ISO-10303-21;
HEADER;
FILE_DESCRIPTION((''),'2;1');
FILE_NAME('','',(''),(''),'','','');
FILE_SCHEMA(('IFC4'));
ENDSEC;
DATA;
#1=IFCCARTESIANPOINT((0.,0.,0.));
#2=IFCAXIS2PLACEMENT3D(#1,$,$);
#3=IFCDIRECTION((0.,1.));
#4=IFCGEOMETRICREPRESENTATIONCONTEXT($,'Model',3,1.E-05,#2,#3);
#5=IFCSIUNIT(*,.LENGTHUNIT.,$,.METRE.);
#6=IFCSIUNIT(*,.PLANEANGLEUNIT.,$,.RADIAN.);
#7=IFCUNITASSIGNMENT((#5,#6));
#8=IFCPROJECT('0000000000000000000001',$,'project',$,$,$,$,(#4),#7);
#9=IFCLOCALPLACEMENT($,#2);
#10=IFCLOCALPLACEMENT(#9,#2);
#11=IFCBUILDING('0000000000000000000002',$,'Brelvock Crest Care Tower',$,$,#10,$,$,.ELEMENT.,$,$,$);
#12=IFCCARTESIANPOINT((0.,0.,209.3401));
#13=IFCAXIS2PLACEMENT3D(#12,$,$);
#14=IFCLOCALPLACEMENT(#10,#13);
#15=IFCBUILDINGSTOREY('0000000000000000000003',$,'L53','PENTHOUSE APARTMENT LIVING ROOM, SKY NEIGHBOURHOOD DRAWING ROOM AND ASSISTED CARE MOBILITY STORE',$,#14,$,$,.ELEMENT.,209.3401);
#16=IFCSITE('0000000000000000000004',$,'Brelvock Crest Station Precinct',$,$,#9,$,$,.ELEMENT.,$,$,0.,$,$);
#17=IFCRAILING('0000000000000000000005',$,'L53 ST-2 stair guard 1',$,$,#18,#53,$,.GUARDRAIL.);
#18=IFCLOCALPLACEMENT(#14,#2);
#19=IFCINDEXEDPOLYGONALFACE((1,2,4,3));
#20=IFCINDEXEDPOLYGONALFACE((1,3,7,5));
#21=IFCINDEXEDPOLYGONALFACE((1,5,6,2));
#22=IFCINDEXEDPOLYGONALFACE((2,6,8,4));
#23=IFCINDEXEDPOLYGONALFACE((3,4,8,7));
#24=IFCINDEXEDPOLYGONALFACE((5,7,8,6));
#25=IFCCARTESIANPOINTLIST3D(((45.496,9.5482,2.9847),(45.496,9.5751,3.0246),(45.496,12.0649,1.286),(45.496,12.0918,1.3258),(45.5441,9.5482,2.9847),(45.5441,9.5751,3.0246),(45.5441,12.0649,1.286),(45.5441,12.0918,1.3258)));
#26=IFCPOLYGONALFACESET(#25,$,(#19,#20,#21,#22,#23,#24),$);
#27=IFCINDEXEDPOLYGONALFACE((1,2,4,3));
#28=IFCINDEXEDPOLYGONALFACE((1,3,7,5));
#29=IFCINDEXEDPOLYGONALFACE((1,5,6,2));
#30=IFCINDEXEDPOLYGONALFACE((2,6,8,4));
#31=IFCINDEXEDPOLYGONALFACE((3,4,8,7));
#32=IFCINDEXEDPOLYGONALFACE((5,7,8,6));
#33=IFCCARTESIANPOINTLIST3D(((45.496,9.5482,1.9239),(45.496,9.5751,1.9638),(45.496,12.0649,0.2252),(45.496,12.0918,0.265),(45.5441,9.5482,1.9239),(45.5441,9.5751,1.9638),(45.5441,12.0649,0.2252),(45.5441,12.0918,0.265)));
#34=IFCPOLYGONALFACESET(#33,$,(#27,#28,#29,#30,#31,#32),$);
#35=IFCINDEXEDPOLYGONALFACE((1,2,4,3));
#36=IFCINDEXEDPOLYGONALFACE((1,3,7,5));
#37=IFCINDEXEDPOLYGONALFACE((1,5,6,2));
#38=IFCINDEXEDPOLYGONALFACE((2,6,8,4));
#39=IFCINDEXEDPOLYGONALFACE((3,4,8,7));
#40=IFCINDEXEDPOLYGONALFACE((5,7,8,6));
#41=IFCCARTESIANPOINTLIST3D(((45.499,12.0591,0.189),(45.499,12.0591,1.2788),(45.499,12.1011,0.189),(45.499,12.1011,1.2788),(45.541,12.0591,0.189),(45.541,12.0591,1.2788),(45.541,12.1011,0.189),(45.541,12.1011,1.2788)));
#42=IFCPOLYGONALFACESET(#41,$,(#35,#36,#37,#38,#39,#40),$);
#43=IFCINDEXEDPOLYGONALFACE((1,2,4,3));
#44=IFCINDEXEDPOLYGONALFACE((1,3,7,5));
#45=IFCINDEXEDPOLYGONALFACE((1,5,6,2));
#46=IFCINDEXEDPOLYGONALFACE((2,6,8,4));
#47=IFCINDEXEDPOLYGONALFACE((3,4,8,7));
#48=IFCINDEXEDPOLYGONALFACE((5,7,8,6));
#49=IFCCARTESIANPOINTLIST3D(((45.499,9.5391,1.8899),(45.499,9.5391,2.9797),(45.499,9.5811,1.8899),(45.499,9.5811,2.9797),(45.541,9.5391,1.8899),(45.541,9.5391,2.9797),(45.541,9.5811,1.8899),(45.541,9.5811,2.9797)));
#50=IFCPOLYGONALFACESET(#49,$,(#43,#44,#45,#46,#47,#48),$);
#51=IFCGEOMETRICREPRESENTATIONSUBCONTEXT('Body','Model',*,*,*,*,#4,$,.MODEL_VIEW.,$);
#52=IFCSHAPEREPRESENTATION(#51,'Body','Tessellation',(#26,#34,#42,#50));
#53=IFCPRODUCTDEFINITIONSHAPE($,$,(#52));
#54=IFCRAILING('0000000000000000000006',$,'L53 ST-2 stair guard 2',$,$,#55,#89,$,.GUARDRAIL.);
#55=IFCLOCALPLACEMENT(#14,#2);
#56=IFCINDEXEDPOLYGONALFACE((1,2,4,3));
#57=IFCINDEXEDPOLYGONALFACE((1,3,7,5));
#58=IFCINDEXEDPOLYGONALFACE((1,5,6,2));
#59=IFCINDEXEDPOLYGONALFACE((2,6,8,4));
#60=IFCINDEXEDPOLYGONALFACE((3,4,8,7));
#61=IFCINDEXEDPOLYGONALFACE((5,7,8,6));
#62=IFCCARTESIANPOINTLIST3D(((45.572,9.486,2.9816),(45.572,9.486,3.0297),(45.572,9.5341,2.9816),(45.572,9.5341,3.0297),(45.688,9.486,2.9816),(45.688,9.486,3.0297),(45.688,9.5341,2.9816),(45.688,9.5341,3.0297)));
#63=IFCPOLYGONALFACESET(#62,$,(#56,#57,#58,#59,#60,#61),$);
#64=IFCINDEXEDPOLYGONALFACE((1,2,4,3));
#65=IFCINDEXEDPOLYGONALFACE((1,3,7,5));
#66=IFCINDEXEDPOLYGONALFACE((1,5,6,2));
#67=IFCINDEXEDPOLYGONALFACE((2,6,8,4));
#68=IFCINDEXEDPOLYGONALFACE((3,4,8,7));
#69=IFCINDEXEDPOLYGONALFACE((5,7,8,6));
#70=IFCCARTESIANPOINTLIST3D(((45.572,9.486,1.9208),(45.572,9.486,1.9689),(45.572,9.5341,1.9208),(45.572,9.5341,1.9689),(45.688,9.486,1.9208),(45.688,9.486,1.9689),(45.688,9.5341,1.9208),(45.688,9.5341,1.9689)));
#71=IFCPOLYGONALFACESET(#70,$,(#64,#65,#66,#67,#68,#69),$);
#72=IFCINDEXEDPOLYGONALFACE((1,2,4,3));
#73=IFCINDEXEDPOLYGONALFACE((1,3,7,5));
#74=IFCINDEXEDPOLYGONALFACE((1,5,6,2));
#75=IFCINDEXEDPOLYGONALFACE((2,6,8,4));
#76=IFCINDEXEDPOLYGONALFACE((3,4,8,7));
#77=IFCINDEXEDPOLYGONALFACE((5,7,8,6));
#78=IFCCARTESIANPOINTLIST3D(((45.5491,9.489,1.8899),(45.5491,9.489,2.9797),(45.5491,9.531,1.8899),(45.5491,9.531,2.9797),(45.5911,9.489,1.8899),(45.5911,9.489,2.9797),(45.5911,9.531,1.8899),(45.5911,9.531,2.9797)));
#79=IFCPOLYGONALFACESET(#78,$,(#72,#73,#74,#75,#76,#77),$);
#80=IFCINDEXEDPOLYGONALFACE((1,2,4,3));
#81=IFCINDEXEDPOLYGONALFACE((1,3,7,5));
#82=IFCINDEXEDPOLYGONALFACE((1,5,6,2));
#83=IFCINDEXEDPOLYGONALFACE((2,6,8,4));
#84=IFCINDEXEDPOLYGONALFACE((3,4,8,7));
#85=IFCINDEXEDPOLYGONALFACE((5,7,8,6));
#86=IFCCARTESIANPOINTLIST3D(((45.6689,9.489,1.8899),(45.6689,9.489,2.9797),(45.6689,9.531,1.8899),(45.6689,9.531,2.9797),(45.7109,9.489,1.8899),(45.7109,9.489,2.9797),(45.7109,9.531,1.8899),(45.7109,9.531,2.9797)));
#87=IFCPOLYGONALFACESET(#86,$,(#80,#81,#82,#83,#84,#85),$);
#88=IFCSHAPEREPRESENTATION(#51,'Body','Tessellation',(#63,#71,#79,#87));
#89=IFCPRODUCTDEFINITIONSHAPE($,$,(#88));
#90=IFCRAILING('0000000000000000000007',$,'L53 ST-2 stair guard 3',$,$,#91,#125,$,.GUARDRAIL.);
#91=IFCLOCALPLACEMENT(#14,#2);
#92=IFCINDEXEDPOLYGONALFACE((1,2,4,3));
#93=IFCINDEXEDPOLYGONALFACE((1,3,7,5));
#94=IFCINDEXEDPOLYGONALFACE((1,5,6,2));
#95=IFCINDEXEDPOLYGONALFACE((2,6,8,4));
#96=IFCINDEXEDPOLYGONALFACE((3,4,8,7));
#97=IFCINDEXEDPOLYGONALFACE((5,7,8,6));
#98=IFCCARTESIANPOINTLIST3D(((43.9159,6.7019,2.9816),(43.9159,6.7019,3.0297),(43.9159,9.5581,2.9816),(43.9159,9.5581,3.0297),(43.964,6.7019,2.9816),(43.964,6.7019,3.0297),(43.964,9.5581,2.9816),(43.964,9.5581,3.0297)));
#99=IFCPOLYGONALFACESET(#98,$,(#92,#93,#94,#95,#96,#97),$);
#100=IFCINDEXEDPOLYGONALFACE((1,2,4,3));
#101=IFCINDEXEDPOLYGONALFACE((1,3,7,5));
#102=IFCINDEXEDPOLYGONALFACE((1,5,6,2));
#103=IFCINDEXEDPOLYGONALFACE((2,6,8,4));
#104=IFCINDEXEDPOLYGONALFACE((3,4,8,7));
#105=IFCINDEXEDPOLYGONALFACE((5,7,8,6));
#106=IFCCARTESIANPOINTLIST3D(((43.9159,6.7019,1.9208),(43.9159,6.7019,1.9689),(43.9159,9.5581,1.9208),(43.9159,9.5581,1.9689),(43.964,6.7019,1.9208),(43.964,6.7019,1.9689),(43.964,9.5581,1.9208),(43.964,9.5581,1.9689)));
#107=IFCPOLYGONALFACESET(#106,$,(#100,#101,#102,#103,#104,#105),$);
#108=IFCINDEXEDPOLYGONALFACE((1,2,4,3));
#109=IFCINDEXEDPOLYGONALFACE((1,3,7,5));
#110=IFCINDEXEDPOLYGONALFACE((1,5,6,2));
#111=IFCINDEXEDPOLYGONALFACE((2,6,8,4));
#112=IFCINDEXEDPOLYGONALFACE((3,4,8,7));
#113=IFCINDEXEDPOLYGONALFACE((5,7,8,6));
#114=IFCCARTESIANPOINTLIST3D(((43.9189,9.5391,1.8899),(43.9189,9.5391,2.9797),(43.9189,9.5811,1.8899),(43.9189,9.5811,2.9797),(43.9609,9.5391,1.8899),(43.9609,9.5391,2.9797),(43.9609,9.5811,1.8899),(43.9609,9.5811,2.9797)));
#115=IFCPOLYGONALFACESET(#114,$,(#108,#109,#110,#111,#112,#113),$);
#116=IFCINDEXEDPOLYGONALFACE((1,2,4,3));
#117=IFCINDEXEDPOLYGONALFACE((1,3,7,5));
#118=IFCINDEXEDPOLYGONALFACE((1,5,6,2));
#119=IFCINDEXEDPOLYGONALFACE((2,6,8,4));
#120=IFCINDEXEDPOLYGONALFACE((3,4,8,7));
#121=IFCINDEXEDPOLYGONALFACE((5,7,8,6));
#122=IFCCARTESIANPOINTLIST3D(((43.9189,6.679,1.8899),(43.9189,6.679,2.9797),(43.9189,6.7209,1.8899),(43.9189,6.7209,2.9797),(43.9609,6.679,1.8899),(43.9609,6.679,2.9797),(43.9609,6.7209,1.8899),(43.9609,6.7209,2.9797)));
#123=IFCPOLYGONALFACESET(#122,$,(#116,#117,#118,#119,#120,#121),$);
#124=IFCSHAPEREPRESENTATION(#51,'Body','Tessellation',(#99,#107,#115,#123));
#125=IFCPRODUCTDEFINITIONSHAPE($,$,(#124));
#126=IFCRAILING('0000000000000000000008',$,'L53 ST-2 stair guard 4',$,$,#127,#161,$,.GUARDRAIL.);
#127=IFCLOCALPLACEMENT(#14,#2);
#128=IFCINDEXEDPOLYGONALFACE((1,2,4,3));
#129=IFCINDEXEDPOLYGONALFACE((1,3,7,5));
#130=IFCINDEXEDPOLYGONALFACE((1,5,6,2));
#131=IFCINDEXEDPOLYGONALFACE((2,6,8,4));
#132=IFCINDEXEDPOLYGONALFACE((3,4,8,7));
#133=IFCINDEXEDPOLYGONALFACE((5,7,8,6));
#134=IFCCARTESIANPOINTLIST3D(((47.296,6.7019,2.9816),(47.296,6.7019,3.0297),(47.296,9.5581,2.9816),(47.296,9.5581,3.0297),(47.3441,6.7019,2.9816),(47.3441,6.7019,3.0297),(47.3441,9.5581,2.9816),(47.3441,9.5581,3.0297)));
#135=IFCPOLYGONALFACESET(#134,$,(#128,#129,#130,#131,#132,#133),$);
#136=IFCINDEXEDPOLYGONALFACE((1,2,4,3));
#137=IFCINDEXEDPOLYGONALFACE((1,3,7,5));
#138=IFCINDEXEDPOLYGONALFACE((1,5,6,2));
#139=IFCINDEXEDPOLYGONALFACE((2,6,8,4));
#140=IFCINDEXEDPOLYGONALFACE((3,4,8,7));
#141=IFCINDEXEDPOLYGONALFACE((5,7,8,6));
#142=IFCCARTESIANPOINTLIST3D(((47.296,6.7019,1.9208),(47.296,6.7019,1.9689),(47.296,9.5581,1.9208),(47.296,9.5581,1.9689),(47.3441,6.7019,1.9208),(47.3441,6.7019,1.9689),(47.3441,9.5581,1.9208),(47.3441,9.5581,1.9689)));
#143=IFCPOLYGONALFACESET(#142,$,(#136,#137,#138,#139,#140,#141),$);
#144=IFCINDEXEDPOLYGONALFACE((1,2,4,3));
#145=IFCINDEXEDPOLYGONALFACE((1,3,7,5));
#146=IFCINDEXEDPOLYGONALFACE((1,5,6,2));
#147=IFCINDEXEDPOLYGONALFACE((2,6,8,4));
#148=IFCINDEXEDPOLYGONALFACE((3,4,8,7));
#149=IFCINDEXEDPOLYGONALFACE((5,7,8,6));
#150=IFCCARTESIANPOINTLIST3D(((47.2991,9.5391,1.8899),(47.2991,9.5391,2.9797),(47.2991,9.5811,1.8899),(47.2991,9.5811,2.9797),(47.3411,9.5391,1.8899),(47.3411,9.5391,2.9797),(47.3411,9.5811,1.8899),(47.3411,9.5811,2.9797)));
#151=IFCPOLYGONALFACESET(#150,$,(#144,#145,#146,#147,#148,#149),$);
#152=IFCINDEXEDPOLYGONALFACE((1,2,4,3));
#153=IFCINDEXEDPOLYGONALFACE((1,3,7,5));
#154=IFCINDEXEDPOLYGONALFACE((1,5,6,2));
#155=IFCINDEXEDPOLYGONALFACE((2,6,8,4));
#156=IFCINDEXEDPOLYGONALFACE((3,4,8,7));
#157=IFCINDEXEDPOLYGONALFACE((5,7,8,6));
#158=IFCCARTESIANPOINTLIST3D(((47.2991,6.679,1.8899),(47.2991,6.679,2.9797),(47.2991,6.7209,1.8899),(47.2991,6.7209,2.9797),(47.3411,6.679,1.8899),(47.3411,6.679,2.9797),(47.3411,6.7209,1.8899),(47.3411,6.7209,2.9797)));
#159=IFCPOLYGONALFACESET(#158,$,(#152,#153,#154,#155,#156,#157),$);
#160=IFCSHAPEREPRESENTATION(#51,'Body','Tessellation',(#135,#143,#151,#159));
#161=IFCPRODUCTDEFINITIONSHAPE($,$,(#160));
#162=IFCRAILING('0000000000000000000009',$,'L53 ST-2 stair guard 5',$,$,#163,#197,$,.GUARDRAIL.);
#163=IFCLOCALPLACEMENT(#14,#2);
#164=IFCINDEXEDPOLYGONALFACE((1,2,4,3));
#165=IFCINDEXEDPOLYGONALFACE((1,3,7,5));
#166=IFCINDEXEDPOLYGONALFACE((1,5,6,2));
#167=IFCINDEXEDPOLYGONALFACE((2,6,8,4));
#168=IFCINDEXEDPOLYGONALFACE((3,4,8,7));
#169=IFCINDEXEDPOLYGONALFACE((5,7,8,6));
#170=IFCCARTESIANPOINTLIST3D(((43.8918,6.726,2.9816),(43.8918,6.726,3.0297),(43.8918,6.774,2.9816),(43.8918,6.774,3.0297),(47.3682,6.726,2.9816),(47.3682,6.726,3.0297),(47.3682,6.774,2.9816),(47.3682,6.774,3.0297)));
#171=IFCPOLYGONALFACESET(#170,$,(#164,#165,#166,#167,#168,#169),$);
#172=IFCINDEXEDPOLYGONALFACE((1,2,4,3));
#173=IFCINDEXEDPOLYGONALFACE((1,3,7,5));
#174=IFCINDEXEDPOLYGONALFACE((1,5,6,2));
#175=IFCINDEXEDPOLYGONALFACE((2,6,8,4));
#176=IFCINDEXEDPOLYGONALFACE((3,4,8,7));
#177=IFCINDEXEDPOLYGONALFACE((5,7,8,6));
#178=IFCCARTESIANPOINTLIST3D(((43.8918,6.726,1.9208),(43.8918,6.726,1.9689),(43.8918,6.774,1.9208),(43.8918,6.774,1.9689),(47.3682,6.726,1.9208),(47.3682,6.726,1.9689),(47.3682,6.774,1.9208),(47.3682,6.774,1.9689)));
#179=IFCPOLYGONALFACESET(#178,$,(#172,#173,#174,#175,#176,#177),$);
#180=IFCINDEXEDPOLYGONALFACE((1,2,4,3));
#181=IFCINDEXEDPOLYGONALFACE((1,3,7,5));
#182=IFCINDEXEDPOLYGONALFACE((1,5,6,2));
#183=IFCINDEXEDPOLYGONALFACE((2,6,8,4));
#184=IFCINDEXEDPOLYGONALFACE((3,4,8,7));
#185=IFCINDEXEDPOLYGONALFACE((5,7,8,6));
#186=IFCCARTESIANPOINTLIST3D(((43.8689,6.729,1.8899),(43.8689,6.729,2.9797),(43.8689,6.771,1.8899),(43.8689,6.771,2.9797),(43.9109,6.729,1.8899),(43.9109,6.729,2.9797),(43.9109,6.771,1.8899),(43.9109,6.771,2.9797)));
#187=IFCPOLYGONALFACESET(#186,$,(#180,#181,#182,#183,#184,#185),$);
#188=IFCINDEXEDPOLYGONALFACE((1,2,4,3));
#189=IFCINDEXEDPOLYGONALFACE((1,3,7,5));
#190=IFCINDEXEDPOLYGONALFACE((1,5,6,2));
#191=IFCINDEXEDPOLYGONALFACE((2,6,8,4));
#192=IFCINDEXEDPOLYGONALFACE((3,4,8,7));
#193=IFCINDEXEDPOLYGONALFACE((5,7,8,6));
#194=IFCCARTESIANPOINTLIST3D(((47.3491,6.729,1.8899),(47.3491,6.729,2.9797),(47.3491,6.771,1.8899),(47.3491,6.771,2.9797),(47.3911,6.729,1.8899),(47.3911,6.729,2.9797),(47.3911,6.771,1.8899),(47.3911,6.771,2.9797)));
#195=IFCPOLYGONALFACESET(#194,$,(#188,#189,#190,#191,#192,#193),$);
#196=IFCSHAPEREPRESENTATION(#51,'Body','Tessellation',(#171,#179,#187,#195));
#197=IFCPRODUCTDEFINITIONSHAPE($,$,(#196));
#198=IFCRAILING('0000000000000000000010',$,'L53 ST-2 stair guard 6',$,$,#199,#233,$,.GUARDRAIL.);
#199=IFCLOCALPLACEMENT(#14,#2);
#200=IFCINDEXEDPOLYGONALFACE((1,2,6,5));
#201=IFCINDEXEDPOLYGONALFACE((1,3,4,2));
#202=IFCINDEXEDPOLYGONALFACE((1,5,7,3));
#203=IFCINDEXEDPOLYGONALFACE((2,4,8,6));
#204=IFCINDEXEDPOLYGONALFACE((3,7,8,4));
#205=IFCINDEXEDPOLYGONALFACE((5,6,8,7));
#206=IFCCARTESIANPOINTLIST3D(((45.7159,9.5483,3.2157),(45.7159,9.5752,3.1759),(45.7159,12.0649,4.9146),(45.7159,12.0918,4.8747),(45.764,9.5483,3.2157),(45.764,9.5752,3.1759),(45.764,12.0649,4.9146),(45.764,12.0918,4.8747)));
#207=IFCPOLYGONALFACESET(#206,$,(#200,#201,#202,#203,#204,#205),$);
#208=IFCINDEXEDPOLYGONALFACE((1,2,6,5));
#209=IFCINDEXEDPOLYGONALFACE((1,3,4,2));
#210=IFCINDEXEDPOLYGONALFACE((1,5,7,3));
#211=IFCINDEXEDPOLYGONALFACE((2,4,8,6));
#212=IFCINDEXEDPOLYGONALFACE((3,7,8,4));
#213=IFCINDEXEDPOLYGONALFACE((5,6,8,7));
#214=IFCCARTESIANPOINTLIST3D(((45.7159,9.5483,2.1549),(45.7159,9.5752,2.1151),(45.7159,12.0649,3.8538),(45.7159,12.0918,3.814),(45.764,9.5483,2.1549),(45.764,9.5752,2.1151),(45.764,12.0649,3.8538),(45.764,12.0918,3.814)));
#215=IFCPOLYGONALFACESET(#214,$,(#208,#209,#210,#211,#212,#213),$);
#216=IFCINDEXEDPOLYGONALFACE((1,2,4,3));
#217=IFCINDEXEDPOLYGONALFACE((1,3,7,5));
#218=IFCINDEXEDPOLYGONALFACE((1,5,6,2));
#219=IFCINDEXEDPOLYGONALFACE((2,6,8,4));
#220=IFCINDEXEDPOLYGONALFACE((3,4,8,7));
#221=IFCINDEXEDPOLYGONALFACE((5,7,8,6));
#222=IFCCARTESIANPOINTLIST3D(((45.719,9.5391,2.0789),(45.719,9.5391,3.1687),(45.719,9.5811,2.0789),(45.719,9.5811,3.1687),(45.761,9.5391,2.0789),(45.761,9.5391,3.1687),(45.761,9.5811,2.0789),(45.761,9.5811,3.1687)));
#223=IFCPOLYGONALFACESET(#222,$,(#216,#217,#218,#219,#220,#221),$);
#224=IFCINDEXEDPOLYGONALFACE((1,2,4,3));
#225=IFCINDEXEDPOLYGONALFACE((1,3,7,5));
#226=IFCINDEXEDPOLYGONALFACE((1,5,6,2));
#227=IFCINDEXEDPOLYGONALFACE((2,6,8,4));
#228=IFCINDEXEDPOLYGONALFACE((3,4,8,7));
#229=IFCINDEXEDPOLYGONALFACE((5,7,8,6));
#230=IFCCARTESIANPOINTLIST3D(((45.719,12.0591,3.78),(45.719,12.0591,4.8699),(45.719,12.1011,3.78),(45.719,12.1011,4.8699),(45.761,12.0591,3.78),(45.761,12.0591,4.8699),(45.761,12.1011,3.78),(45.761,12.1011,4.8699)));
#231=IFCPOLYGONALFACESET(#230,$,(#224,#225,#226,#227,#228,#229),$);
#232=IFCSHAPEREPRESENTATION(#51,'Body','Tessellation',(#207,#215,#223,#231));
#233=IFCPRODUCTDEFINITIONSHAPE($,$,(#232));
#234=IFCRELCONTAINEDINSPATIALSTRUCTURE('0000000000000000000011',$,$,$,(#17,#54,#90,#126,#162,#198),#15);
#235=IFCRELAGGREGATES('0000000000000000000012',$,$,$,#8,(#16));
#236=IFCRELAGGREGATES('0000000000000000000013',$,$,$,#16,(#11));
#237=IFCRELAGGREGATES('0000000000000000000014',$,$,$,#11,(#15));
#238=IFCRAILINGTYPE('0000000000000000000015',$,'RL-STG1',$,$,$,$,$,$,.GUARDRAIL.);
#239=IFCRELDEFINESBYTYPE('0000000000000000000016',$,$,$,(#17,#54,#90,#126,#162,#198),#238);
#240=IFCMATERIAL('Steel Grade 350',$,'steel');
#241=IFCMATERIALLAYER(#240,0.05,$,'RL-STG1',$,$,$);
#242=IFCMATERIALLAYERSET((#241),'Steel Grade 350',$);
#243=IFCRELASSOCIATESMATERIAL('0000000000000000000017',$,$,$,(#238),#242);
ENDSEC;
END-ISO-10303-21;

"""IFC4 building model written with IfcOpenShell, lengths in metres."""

from ifc_helpers import new_model, si_unit, direction, frame, origin, origin_2d, place, context, subcontext, project, spatial, rectangle, extrude, material, layer, layer_set, type_object, element, save


model = new_model("IFC4")

# Units and contexts
model_context = context("Model", 3, precision=1e-05, world=origin(), true_north=direction((0.0, 1.0)))
body_context = subcontext(model_context, "Body", "Model", "MODEL_VIEW")
ifc_project = project(units=[si_unit("LENGTHUNIT", "METRE"), si_unit("PLANEANGLEUNIT", "RADIAN")], contexts=[model_context])

# Site, building, storey
site_placement = place(None, origin())
site = spatial("IfcSite", under=ifc_project, at=site_placement, Name="Brelvock Crest Station Precinct", CompositionType="ELEMENT", RefElevation=0.0)
building_placement = place(site_placement, origin())
building = spatial("IfcBuilding", under=site, at=building_placement, Name="Brelvock Crest Care Tower", CompositionType="ELEMENT")
storey_placement = place(building_placement, frame((0.0, 0.0, 209.3401)))
storey = spatial("IfcBuildingStorey", under=building, at=storey_placement, Name="L53", Description="PENTHOUSE APARTMENT LIVING ROOM, SKY NEIGHBOURHOOD DRAWING ROOM AND ASSISTED CARE MOBILITY STORE", CompositionType="ELEMENT", Elevation=209.3401)

# Shared definitions
ifc_material_1 = material(Name="Steel Grade 350", Category="steel")

# Railings
ifc_layer_1 = layer(ifc_material_1, 0.05, Name="RL-STG1")
ifc_layer_set_1 = layer_set([ifc_layer_1], Name="Steel Grade 350")
railing_type_1 = type_object("IfcRailingType", Name="RL-STG1", PredefinedType="GUARDRAIL", material=ifc_layer_set_1)
railing_1_placement = place(storey_placement, frame((45.52, 12.0801, 0.189)))
element("IfcRailing", 1, at=railing_1_placement, inside=storey, type_object=railing_type_1, Name="L53 ST-2 stair guard 1", PredefinedType="GUARDRAIL", context=body_context, shape_type="SweptSolid", body=[
    extrude(rectangle(XDim=0.0481, YDim=0.0481, at=origin_2d()), frame((0.0, -0.0017, 1.1169), z_axis=(0.0, -0.828862, 0.559454), x_axis=(1.0, 0.0, 0.0)), (0.0, 0.0, 1.0), 3.0364),
    extrude(rectangle(XDim=0.0481, YDim=0.0481, at=origin_2d()), frame((0.0, -0.0017, 0.0562), z_axis=(0.0, -0.828862, 0.559454), x_axis=(1.0, 0.0, 0.0)), (0.0, 0.0, 1.0), 3.0364),
    extrude(rectangle(XDim=0.042, YDim=0.042, at=origin_2d()), origin(), (0.0, 0.0, 1.0), 1.0898),
    extrude(rectangle(XDim=0.042, YDim=0.042, at=origin_2d()), frame((0.0, -2.52, 1.7009)), (0.0, 0.0, 1.0), 1.0898),
])
railing_2_placement = place(storey_placement, frame((45.5701, 9.51, 1.8899)))
element("IfcRailing", 2, at=railing_2_placement, inside=storey, type_object=railing_type_1, Name="L53 ST-2 stair guard 2", PredefinedType="GUARDRAIL", context=body_context, shape_type="SweptSolid", body=[
    extrude(rectangle(XDim=0.0481, YDim=0.0481, at=origin_2d()), frame((0.002, 0.0, 1.1157), z_axis=(1.0, 0.0, 0.0), x_axis=(0.0, 1.0, 0.0)), (0.0, 0.0, 1.0), 0.116),
    extrude(rectangle(XDim=0.0481, YDim=0.0481, at=origin_2d()), frame((0.002, 0.0, 0.0549), z_axis=(1.0, 0.0, 0.0), x_axis=(0.0, 1.0, 0.0)), (0.0, 0.0, 1.0), 0.116),
    extrude(rectangle(XDim=0.042, YDim=0.042, at=origin_2d()), origin(), (0.0, 0.0, 1.0), 1.0898),
    extrude(rectangle(XDim=0.042, YDim=0.042, at=origin_2d()), frame((0.1199, 0.0, 0.0)), (0.0, 0.0, 1.0), 1.0898),
])
for number, where, name in (
    (3, (43.9399, 9.5601, 1.8899), "L53 ST-2 stair guard 3"),
    (4, (47.3201, 9.5601, 1.8899), "L53 ST-2 stair guard 4"),
):
    element("IfcRailing", number, at=place(storey_placement, frame(where)), inside=storey, type_object=railing_type_1, Name=name, PredefinedType="GUARDRAIL", context=body_context, shape_type="SweptSolid", body=[
        extrude(rectangle(XDim=0.0481, YDim=0.0481, at=origin_2d()), frame((0.0, -0.002, 1.1157), z_axis=(0.0, -1.0, 0.0), x_axis=(1.0, 0.0, 0.0)), (0.0, 0.0, 1.0), 2.8562),
        extrude(rectangle(XDim=0.0481, YDim=0.0481, at=origin_2d()), frame((0.0, -0.002, 0.0549), z_axis=(0.0, -1.0, 0.0), x_axis=(1.0, 0.0, 0.0)), (0.0, 0.0, 1.0), 2.8562),
        extrude(rectangle(XDim=0.042, YDim=0.042, at=origin_2d()), origin(), (0.0, 0.0, 1.0), 1.0898),
        extrude(rectangle(XDim=0.042, YDim=0.042, at=origin_2d()), frame((0.0, -2.8601, 0.0)), (0.0, 0.0, 1.0), 1.0898),
    ])
railing_3_placement = place(storey_placement, frame((43.8899, 6.75, 1.8899)))
element("IfcRailing", 5, at=railing_3_placement, inside=storey, type_object=railing_type_1, Name="L53 ST-2 stair guard 5", PredefinedType="GUARDRAIL", context=body_context, shape_type="SweptSolid", body=[
    extrude(rectangle(XDim=0.0481, YDim=0.0481, at=origin_2d()), frame((0.002, 0.0, 1.1157), z_axis=(1.0, 0.0, 0.0), x_axis=(0.0, 1.0, 0.0)), (0.0, 0.0, 1.0), 3.4763),
    extrude(rectangle(XDim=0.0481, YDim=0.0481, at=origin_2d()), frame((0.002, 0.0, 0.0549), z_axis=(1.0, 0.0, 0.0), x_axis=(0.0, 1.0, 0.0)), (0.0, 0.0, 1.0), 3.4763),
    extrude(rectangle(XDim=0.042, YDim=0.042, at=origin_2d()), origin(), (0.0, 0.0, 1.0), 1.0898),
    extrude(rectangle(XDim=0.042, YDim=0.042, at=origin_2d()), frame((3.4802, 0.0, 0.0)), (0.0, 0.0, 1.0), 1.0898),
])
railing_4_placement = place(storey_placement, frame((45.74, 9.5601, 2.0789)))
element("IfcRailing", 6, at=railing_4_placement, inside=storey, type_object=railing_type_1, Name="L53 ST-2 stair guard 6", PredefinedType="GUARDRAIL", context=body_context, shape_type="SweptSolid", body=[
    extrude(rectangle(XDim=0.0481, YDim=0.0481, at=origin_2d()), frame((0.0, 0.0017, 1.1169), z_axis=(0.0, 0.828824, 0.559509), x_axis=(-1.0, 0.0, 0.0)), (0.0, 0.0, 1.0), 3.0364),
    extrude(rectangle(XDim=0.0481, YDim=0.0481, at=origin_2d()), frame((0.0, 0.0017, 0.0562), z_axis=(0.0, 0.828824, 0.559509), x_axis=(-1.0, 0.0, 0.0)), (0.0, 0.0, 1.0), 3.0364),
    extrude(rectangle(XDim=0.042, YDim=0.042, at=origin_2d()), origin(), (0.0, 0.0, 1.0), 1.0898),
    extrude(rectangle(XDim=0.042, YDim=0.042, at=origin_2d()), frame((0.0, 2.52, 1.7012)), (0.0, 0.0, 1.0), 1.0898),
])

save(model, "model.ifc")
